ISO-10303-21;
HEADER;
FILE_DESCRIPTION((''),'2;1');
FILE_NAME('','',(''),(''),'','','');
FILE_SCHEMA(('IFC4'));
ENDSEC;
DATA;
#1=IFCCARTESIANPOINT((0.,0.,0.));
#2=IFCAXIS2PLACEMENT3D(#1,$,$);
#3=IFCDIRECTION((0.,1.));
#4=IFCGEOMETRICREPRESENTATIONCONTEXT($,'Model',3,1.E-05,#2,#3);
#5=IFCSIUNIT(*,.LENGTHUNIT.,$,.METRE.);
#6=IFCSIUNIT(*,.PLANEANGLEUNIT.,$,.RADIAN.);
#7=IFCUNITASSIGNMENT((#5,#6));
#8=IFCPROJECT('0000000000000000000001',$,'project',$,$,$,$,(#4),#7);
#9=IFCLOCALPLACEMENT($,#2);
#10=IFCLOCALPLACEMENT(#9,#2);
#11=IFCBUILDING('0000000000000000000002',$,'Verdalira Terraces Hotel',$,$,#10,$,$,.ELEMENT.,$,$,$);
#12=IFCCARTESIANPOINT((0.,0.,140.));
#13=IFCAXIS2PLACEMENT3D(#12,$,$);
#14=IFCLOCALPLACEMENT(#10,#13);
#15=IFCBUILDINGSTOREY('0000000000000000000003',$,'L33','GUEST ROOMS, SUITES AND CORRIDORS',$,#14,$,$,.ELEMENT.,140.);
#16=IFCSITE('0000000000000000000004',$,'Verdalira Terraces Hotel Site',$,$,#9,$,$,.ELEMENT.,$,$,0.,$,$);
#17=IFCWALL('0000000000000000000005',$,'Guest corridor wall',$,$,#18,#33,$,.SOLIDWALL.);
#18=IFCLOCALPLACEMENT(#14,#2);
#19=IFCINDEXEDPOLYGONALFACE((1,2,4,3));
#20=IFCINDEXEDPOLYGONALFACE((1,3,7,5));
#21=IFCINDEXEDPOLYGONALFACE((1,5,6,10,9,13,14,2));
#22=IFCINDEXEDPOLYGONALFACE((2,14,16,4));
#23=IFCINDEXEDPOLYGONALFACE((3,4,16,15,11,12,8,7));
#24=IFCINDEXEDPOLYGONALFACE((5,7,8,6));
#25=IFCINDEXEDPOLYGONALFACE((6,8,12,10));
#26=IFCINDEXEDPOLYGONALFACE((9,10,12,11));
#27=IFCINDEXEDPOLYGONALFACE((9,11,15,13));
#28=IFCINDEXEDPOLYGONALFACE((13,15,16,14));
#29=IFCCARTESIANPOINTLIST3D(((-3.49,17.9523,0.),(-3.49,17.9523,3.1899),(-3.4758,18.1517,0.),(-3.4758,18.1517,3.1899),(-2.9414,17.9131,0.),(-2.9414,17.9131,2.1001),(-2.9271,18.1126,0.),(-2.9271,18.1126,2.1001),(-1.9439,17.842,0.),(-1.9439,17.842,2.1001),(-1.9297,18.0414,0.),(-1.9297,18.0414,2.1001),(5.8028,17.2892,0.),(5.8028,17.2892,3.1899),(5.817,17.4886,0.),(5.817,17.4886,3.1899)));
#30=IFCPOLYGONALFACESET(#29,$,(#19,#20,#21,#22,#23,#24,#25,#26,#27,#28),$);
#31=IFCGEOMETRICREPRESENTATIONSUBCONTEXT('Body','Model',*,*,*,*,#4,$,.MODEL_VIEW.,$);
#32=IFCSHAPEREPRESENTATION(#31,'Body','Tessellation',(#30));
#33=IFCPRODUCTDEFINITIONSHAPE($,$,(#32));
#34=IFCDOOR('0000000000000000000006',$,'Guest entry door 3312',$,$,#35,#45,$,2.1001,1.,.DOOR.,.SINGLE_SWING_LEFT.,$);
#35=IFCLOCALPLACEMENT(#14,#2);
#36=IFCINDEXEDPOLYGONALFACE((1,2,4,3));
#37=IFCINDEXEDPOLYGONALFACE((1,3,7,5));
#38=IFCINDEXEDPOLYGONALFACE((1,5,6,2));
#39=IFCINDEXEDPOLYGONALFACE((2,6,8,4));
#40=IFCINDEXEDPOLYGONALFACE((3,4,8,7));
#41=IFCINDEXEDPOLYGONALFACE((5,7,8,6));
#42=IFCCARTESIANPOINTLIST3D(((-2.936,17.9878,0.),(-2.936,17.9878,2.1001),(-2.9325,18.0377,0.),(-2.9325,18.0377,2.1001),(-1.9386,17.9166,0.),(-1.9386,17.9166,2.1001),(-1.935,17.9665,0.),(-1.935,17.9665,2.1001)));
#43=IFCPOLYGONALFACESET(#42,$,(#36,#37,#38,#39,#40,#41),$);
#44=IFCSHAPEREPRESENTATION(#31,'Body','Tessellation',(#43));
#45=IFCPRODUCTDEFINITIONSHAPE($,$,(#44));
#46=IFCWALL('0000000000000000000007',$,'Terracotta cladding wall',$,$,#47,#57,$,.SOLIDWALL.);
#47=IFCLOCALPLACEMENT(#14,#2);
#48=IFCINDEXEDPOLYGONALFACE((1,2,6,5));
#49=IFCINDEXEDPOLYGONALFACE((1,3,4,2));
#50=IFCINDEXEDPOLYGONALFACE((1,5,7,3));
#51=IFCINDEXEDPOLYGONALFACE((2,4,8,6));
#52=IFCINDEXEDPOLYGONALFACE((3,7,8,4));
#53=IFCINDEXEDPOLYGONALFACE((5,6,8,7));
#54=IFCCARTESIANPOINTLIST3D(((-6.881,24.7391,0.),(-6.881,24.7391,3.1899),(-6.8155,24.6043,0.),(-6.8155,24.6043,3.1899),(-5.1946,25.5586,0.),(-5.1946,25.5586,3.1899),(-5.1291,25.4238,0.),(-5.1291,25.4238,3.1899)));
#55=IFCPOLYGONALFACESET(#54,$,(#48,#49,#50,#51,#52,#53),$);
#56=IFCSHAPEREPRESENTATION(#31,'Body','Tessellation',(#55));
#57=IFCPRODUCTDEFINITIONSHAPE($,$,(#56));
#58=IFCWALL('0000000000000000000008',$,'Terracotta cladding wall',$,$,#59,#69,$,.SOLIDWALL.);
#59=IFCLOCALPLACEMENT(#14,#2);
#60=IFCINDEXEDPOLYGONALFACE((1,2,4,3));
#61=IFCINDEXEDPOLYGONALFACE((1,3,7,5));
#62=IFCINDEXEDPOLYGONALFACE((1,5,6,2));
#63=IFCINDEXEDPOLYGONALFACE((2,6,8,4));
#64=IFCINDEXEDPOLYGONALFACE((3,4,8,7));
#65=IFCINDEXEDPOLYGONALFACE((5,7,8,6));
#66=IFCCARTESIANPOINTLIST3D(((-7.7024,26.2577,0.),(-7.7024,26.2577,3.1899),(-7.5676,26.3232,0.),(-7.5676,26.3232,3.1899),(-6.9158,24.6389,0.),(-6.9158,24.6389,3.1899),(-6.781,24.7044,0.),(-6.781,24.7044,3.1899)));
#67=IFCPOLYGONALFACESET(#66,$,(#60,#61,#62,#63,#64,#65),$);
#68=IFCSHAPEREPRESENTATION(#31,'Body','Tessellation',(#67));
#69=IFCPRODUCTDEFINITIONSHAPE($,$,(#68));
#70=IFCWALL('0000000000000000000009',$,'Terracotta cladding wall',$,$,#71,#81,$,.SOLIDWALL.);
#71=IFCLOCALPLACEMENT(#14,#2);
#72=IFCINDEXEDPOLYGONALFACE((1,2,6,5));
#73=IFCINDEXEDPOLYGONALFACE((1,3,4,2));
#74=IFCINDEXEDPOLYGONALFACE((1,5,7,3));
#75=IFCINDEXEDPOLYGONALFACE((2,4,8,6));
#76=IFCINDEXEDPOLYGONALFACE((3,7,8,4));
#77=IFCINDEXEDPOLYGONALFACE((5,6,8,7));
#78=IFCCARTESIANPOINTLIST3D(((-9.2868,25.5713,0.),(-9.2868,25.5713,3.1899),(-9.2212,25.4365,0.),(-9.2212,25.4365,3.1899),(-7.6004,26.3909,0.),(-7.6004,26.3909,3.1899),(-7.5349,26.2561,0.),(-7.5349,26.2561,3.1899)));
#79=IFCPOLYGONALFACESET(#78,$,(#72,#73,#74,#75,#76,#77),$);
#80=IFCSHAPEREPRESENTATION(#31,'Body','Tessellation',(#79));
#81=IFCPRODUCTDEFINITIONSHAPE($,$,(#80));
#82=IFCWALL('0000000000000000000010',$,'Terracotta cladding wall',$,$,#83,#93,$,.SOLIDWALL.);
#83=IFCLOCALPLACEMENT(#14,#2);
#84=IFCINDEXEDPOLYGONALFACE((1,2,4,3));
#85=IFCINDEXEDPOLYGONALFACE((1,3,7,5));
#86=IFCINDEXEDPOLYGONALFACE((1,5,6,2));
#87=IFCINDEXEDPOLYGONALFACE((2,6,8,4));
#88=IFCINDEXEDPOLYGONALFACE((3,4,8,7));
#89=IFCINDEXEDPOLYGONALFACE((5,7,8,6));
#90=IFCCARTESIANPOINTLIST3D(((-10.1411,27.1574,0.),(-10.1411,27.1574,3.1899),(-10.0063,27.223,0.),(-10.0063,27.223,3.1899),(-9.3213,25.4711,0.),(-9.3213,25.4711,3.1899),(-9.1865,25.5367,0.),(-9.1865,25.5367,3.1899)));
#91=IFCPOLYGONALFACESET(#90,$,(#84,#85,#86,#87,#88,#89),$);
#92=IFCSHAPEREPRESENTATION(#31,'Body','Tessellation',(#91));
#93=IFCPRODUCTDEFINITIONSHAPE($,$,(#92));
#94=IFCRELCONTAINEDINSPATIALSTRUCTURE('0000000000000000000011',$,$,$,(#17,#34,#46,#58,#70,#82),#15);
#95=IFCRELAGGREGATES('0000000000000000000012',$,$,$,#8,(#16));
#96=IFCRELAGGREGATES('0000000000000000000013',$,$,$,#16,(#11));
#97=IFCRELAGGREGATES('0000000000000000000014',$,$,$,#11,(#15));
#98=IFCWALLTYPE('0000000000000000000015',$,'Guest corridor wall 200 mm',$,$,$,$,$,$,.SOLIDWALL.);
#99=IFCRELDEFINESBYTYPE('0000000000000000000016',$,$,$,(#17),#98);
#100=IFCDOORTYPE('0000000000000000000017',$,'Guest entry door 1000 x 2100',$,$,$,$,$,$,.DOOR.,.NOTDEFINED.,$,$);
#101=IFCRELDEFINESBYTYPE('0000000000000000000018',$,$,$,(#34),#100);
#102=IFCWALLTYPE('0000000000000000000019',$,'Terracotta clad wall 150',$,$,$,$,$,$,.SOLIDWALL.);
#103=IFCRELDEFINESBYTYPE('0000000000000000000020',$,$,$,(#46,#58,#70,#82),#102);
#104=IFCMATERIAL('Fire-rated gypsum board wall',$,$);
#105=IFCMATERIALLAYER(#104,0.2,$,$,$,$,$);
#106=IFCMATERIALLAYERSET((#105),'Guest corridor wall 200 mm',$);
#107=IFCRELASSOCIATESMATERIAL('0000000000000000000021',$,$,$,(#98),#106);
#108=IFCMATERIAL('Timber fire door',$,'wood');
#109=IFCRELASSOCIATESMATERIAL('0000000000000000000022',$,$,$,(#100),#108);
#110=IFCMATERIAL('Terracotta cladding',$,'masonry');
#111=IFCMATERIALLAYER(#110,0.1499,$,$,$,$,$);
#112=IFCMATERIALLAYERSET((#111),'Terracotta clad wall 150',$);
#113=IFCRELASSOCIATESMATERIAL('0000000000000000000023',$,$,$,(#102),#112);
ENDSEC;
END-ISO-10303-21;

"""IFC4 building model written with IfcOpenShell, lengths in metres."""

from ifc_helpers import new_model, si_unit, direction, frame, frame_2d, origin, place, context, subcontext, project, spatial, rectangle, extrude, material, layer, layer_set, type_object, element, fill, save


model = new_model("IFC4")

# Units and contexts
model_context = context("Model", 3, precision=1e-05, world=origin(), true_north=direction((0.0, 1.0)))
body_context = subcontext(model_context, "Body", "Model", "MODEL_VIEW")
ifc_project = project(units=[si_unit("LENGTHUNIT", "METRE"), si_unit("PLANEANGLEUNIT", "RADIAN")], contexts=[model_context])

# Site, building, storey
site_placement = place(None, origin())
site = spatial("IfcSite", under=ifc_project, at=site_placement, Name="Verdalira Terraces Hotel Site", CompositionType="ELEMENT", RefElevation=0.0)
building_placement = place(site_placement, origin())
building = spatial("IfcBuilding", under=site, at=building_placement, Name="Verdalira Terraces Hotel", CompositionType="ELEMENT")
storey_placement = place(building_placement, frame((0.0, 0.0, 140.0)))
storey = spatial("IfcBuildingStorey", under=building, at=storey_placement, Name="L33", Description="GUEST ROOMS, SUITES AND CORRIDORS", CompositionType="ELEMENT", Elevation=140.0)

# Wall, opening, door
ifc_material_1 = material(Name="Fire-rated gypsum board wall")
ifc_layer_1 = layer(ifc_material_1, 0.2)
ifc_layer_set_1 = layer_set([ifc_layer_1], Name="Guest corridor wall 200 mm")
wall_type_1 = type_object("IfcWallType", Name="Guest corridor wall 200 mm", PredefinedType="SOLIDWALL", material=ifc_layer_set_1)
wall_1_placement = place(storey_placement, frame((-3.4829, 18.052, 0.0), z_axis=(0.0, 0.0, 1.0), x_axis=(0.997464, -0.071174, 0.0)))
wall_1 = element("IfcWall", 1, at=wall_1_placement, inside=storey, type_object=wall_type_1, Name="Guest corridor wall", PredefinedType="SOLIDWALL", context=body_context, shape_type="SweptSolid", body=[
    extrude(rectangle(XDim=9.3164, YDim=0.2, at=frame_2d((4.6582, 0.0))), origin(), (0.0, 0.0, 1.0), 3.1899),
])
opening_1_placement = place(wall_1_placement, frame((0.55, 0.0, 0.0)))
opening_1 = element("IfcOpeningElement", 2, at=opening_1_placement, cuts=wall_1, PredefinedType="OPENING", context=body_context, shape_type="SweptSolid", body=[
    extrude(rectangle(XDim=1.0, YDim=2.1001, at=frame_2d((0.5, 1.05))), frame((0.0, 0.1099, 0.0), z_axis=(0.0, -1.0, 0.0), x_axis=(1.0, 0.0, 0.0)), (0.0, 0.0, 1.0), 0.22),
])
ifc_material_2 = material(Name="Timber fire door", Category="wood")
door_type_1 = type_object("IfcDoorType", Name="Guest entry door 1000 x 2100", OperationType="NOTDEFINED", PredefinedType="DOOR", material=ifc_material_2)
door_1_placement = place(opening_1_placement, origin())
door_1 = element("IfcDoor", 3, at=door_1_placement, inside=storey, type_object=door_type_1, Name="Guest entry door 3312", OperationType="SINGLE_SWING_LEFT", OverallHeight=2.1001, OverallWidth=1.0, PredefinedType="DOOR", context=body_context, shape_type="SweptSolid", body=[
    extrude(rectangle(XDim=1.0, YDim=2.1001, at=frame_2d((0.5, 1.05))), frame((0.0, 0.0249, 0.0), z_axis=(0.0, -1.0, 0.0), x_axis=(1.0, 0.0, 0.0)), (0.0, 0.0, 1.0), 0.05),
])
fill(opening_1, door_1)

# Walls
ifc_material_3 = material(Name="Terracotta cladding", Category="masonry")
ifc_layer_2 = layer(ifc_material_3, 0.1499)
ifc_layer_set_2 = layer_set([ifc_layer_2], Name="Terracotta clad wall 150")
wall_type_2 = type_object("IfcWallType", Name="Terracotta clad wall 150", PredefinedType="SOLIDWALL", material=ifc_layer_set_2)
wall_2_placement = place(storey_placement, frame((-5.1619, 25.4912, 0.0), z_axis=(0.0, 0.0, 1.0), x_axis=(-0.899422, -0.437082, 0.0)))
element("IfcWall", 4, at=wall_2_placement, inside=storey, type_object=wall_type_2, Name="Terracotta cladding wall", PredefinedType="SOLIDWALL", context=body_context, shape_type="SweptSolid", body=[
    extrude(rectangle(XDim=1.875, YDim=0.1499, at=frame_2d((0.9375, 0.0))), origin(), (0.0, 0.0, 1.0), 3.1899),
])
wall_3_placement = place(storey_placement, frame((-6.8484, 24.6716, 0.0), z_axis=(0.0, 0.0, 1.0), x_axis=(-0.437039, 0.899443, 0.0)))
element("IfcWall", 5, at=wall_3_placement, inside=storey, type_object=wall_type_2, Name="Terracotta cladding wall", PredefinedType="SOLIDWALL", context=body_context, shape_type="SweptSolid", body=[
    extrude(rectangle(XDim=1.7998, YDim=0.1499, at=frame_2d((0.8999, 0.0))), origin(), (0.0, 0.0, 1.0), 3.1899),
])
for number, where, z_axis, x_axis, name in (
    (6, (-7.5676, 26.3235, 0.0), (0.0, 0.0, 1.0), (-0.899397, -0.437133, 0.0), "Terracotta cladding wall"),
    (7, (-9.2539, 25.5039, 0.0), (0.0, 0.0, 1.0), (-0.437238, 0.899346, 0.0), "Terracotta cladding wall"),
):
    element("IfcWall", number, at=place(storey_placement, frame(where, z_axis=z_axis, x_axis=x_axis)), inside=storey, type_object=wall_type_2, Name=name, PredefinedType="SOLIDWALL", context=body_context, shape_type="SweptSolid", body=[
        extrude(rectangle(XDim=1.875, YDim=0.1499, at=frame_2d((0.9375, 0.0))), origin(), (0.0, 0.0, 1.0), 3.1899),
    ])

save(model, "model.ifc")
